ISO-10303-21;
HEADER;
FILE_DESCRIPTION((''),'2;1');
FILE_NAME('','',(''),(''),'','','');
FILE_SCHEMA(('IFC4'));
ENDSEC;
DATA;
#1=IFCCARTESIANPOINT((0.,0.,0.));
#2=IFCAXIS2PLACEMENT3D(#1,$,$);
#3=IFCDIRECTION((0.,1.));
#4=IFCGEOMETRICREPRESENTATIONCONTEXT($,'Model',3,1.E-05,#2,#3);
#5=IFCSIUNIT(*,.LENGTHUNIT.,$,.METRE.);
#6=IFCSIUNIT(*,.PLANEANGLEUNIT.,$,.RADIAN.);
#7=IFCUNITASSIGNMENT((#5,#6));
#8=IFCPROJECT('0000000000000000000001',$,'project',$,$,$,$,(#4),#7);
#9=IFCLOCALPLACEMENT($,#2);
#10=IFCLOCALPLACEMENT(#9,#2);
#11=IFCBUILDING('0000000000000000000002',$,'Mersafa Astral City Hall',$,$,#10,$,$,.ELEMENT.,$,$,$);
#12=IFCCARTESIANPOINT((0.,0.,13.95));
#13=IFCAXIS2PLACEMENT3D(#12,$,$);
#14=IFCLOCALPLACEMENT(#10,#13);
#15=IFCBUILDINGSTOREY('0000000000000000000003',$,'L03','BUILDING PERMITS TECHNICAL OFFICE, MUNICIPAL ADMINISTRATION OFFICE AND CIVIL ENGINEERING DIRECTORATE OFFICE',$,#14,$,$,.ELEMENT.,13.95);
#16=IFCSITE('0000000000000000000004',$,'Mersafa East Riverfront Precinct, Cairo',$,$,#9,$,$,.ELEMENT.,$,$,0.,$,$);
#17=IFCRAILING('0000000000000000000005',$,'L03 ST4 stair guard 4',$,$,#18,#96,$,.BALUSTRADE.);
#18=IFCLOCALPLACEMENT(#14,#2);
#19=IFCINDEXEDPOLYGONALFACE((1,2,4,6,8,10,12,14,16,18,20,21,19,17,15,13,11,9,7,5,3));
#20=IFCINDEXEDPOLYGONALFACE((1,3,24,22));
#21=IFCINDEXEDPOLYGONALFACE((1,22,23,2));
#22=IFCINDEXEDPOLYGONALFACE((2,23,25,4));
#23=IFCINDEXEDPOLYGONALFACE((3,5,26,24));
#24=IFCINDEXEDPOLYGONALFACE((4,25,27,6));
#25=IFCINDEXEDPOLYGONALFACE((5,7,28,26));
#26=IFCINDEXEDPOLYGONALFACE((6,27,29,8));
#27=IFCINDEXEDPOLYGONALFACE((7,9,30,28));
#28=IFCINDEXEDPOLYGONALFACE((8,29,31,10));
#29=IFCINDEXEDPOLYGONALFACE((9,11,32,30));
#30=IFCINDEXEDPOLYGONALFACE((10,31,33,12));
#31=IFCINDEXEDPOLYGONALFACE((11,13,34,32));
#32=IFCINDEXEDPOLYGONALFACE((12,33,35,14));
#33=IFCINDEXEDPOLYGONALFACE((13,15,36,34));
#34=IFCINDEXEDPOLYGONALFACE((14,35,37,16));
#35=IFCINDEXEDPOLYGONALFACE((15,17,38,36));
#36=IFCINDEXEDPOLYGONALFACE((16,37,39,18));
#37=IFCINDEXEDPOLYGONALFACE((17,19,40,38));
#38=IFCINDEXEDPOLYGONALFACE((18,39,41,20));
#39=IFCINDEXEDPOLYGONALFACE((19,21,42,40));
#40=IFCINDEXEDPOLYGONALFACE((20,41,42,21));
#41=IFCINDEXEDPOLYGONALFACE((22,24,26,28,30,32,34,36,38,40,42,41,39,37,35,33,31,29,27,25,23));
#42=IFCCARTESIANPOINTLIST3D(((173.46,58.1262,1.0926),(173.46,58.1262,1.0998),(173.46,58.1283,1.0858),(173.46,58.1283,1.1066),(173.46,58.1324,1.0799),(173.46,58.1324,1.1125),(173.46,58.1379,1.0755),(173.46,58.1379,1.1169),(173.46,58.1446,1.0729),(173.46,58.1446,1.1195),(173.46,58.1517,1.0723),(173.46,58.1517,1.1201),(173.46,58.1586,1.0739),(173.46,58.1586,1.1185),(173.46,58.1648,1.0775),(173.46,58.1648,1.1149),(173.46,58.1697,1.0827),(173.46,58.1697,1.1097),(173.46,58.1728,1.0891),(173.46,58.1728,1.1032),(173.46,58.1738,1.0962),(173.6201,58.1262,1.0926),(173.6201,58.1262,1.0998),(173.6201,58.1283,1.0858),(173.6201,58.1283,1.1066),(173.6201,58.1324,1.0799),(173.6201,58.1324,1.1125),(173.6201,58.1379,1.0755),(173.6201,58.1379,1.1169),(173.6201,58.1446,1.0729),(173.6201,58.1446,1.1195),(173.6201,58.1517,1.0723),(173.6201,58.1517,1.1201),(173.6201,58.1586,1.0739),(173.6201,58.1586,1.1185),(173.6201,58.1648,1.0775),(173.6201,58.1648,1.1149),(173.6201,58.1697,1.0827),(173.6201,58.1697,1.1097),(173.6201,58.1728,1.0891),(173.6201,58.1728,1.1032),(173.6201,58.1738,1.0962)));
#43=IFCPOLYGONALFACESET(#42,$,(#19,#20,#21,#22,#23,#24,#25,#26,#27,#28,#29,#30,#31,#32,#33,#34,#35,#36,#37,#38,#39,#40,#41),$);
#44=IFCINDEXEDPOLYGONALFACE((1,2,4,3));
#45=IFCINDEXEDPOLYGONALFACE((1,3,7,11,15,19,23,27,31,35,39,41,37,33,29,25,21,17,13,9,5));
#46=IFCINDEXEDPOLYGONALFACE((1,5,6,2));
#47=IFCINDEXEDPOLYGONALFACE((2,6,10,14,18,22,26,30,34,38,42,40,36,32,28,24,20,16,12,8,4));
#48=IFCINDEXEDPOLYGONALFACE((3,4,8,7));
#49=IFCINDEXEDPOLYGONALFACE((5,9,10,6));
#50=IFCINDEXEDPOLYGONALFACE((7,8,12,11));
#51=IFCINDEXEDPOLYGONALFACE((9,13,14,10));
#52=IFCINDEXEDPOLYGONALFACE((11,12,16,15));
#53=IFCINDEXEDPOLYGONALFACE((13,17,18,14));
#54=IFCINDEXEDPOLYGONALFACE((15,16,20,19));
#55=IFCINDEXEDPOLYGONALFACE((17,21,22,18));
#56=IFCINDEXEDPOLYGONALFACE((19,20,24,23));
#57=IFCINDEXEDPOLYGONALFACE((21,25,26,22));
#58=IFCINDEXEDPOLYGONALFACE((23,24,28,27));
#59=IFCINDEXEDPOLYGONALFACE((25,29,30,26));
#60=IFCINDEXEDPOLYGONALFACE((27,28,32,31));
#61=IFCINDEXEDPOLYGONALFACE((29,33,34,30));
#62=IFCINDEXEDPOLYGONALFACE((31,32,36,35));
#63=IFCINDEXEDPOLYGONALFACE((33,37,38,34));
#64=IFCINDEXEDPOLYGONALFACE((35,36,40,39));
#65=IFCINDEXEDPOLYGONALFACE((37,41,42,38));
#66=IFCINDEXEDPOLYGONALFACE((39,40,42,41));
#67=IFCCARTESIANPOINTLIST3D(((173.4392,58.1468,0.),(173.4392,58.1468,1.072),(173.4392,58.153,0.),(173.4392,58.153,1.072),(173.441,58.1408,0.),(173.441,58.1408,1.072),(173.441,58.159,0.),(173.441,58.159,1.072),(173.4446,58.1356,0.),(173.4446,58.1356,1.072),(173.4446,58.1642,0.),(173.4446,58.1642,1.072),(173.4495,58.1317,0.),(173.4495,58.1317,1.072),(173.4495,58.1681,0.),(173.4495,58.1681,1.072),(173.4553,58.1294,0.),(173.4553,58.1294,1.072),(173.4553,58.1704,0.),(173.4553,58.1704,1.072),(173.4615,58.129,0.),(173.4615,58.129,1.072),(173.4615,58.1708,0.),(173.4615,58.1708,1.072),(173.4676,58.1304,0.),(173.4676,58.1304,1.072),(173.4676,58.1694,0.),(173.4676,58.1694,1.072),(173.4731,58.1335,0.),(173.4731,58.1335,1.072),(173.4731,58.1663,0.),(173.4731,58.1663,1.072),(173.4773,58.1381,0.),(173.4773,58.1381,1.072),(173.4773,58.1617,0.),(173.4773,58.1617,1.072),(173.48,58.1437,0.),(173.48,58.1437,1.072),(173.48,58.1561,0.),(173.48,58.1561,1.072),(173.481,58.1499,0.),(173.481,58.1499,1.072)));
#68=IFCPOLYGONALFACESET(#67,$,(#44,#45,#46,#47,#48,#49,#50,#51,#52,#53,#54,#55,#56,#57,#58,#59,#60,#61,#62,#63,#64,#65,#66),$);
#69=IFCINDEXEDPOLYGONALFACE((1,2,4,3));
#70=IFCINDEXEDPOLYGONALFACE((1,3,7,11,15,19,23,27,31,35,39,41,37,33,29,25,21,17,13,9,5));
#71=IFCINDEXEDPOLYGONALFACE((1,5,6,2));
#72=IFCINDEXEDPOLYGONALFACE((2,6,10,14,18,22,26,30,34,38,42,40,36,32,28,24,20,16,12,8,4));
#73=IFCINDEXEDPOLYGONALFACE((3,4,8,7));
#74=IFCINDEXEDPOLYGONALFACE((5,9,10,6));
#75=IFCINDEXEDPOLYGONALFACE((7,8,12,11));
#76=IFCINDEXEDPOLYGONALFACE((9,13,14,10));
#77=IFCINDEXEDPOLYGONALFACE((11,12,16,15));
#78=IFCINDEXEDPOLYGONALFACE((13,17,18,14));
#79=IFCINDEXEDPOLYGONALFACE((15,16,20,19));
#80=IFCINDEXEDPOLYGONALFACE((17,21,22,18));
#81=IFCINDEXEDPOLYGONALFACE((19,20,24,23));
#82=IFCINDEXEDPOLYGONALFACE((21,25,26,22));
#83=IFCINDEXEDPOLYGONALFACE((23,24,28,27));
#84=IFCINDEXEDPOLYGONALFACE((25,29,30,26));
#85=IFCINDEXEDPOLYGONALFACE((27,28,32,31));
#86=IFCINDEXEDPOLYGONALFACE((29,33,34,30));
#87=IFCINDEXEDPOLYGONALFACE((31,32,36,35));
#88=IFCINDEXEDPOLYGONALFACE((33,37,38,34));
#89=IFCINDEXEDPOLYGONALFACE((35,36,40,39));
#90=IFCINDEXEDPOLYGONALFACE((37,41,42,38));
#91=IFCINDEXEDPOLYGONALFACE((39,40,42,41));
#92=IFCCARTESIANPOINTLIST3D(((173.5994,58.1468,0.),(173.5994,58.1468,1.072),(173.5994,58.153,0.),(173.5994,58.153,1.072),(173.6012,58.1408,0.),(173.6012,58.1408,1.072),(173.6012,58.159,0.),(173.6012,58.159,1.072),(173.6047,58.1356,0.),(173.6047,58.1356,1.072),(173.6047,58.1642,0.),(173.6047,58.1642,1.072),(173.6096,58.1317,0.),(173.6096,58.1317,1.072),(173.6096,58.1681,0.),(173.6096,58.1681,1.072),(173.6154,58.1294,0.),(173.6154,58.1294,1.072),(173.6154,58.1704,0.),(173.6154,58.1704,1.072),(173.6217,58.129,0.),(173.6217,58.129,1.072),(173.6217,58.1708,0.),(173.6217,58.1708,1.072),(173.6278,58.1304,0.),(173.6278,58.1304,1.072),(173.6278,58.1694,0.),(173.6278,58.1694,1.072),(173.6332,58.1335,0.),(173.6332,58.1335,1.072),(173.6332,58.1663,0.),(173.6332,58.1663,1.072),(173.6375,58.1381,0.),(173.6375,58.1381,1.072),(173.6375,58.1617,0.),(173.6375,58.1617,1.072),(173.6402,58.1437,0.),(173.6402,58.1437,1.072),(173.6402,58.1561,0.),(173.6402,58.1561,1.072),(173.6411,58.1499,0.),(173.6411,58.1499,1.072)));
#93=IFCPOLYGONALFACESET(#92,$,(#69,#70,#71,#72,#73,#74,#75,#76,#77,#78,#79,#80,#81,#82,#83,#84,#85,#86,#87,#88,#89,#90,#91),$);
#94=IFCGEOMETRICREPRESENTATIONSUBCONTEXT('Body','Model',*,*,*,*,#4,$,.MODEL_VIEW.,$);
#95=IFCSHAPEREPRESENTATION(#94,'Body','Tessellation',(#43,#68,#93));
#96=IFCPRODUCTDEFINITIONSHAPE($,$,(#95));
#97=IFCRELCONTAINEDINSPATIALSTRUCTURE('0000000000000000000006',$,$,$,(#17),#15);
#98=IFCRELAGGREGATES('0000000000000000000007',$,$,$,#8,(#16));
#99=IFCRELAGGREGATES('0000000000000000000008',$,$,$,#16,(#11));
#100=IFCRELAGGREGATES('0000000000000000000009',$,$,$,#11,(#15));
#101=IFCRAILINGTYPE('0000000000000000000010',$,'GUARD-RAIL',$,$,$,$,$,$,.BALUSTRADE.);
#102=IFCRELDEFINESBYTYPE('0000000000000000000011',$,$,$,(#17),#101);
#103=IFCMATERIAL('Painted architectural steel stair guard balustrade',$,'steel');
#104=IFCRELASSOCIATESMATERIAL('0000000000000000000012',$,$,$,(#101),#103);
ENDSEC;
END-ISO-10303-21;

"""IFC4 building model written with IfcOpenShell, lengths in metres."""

from ifc_helpers import new_model, si_unit, direction, frame, origin, origin_2d, place, context, subcontext, project, spatial, circle, extrude, material, type_object, element, save


model = new_model("IFC4")

# Units and contexts
model_context = context("Model", 3, precision=1e-05, world=origin(), true_north=direction((0.0, 1.0)))
body_context = subcontext(model_context, "Body", "Model", "MODEL_VIEW")
ifc_project = project(units=[si_unit("LENGTHUNIT", "METRE"), si_unit("PLANEANGLEUNIT", "RADIAN")], contexts=[model_context])

# Site, building, storey
site_placement = place(None, origin())
site = spatial("IfcSite", under=ifc_project, at=site_placement, Name="Mersafa East Riverfront Precinct, Cairo", CompositionType="ELEMENT", RefElevation=0.0)
building_placement = place(site_placement, origin())
building = spatial("IfcBuilding", under=site, at=building_placement, Name="Mersafa Astral City Hall", CompositionType="ELEMENT")
storey_placement = place(building_placement, frame((0.0, 0.0, 13.95)))
storey = spatial("IfcBuildingStorey", under=building, at=storey_placement, Name="L03", Description="BUILDING PERMITS TECHNICAL OFFICE, MUNICIPAL ADMINISTRATION OFFICE AND CIVIL ENGINEERING DIRECTORATE OFFICE", CompositionType="ELEMENT", Elevation=13.95)

# Railing
ifc_material_1 = material(Name="Painted architectural steel stair guard balustrade", Category="steel")
railing_type_1 = type_object("IfcRailingType", Name="GUARD-RAIL", PredefinedType="BALUSTRADE", material=ifc_material_1)
railing_1_placement = place(storey_placement, frame((173.46, 58.1499, 0.0)))
element("IfcRailing", 1, at=railing_1_placement, inside=storey, type_object=railing_type_1, Name="L03 ST4 stair guard 4", PredefinedType="BALUSTRADE", context=body_context, shape_type="SweptSolid", body=[
    extrude(circle(Radius=0.0239, at=origin_2d()), frame((0.0, 0.0, 1.0962), z_axis=(1.0, 0.0, 0.0), x_axis=(0.0, 1.0, 0.0)), (0.0, 0.0, 1.0), 0.1602),
    extrude(circle(Radius=0.021, at=origin_2d()), origin(), (0.0, 0.0, 1.0), 1.072),
    extrude(circle(Radius=0.021, at=origin_2d()), frame((0.1602, 0.0, 0.0)), (0.0, 0.0, 1.0), 1.072),
])

save(model, "model.ifc")
